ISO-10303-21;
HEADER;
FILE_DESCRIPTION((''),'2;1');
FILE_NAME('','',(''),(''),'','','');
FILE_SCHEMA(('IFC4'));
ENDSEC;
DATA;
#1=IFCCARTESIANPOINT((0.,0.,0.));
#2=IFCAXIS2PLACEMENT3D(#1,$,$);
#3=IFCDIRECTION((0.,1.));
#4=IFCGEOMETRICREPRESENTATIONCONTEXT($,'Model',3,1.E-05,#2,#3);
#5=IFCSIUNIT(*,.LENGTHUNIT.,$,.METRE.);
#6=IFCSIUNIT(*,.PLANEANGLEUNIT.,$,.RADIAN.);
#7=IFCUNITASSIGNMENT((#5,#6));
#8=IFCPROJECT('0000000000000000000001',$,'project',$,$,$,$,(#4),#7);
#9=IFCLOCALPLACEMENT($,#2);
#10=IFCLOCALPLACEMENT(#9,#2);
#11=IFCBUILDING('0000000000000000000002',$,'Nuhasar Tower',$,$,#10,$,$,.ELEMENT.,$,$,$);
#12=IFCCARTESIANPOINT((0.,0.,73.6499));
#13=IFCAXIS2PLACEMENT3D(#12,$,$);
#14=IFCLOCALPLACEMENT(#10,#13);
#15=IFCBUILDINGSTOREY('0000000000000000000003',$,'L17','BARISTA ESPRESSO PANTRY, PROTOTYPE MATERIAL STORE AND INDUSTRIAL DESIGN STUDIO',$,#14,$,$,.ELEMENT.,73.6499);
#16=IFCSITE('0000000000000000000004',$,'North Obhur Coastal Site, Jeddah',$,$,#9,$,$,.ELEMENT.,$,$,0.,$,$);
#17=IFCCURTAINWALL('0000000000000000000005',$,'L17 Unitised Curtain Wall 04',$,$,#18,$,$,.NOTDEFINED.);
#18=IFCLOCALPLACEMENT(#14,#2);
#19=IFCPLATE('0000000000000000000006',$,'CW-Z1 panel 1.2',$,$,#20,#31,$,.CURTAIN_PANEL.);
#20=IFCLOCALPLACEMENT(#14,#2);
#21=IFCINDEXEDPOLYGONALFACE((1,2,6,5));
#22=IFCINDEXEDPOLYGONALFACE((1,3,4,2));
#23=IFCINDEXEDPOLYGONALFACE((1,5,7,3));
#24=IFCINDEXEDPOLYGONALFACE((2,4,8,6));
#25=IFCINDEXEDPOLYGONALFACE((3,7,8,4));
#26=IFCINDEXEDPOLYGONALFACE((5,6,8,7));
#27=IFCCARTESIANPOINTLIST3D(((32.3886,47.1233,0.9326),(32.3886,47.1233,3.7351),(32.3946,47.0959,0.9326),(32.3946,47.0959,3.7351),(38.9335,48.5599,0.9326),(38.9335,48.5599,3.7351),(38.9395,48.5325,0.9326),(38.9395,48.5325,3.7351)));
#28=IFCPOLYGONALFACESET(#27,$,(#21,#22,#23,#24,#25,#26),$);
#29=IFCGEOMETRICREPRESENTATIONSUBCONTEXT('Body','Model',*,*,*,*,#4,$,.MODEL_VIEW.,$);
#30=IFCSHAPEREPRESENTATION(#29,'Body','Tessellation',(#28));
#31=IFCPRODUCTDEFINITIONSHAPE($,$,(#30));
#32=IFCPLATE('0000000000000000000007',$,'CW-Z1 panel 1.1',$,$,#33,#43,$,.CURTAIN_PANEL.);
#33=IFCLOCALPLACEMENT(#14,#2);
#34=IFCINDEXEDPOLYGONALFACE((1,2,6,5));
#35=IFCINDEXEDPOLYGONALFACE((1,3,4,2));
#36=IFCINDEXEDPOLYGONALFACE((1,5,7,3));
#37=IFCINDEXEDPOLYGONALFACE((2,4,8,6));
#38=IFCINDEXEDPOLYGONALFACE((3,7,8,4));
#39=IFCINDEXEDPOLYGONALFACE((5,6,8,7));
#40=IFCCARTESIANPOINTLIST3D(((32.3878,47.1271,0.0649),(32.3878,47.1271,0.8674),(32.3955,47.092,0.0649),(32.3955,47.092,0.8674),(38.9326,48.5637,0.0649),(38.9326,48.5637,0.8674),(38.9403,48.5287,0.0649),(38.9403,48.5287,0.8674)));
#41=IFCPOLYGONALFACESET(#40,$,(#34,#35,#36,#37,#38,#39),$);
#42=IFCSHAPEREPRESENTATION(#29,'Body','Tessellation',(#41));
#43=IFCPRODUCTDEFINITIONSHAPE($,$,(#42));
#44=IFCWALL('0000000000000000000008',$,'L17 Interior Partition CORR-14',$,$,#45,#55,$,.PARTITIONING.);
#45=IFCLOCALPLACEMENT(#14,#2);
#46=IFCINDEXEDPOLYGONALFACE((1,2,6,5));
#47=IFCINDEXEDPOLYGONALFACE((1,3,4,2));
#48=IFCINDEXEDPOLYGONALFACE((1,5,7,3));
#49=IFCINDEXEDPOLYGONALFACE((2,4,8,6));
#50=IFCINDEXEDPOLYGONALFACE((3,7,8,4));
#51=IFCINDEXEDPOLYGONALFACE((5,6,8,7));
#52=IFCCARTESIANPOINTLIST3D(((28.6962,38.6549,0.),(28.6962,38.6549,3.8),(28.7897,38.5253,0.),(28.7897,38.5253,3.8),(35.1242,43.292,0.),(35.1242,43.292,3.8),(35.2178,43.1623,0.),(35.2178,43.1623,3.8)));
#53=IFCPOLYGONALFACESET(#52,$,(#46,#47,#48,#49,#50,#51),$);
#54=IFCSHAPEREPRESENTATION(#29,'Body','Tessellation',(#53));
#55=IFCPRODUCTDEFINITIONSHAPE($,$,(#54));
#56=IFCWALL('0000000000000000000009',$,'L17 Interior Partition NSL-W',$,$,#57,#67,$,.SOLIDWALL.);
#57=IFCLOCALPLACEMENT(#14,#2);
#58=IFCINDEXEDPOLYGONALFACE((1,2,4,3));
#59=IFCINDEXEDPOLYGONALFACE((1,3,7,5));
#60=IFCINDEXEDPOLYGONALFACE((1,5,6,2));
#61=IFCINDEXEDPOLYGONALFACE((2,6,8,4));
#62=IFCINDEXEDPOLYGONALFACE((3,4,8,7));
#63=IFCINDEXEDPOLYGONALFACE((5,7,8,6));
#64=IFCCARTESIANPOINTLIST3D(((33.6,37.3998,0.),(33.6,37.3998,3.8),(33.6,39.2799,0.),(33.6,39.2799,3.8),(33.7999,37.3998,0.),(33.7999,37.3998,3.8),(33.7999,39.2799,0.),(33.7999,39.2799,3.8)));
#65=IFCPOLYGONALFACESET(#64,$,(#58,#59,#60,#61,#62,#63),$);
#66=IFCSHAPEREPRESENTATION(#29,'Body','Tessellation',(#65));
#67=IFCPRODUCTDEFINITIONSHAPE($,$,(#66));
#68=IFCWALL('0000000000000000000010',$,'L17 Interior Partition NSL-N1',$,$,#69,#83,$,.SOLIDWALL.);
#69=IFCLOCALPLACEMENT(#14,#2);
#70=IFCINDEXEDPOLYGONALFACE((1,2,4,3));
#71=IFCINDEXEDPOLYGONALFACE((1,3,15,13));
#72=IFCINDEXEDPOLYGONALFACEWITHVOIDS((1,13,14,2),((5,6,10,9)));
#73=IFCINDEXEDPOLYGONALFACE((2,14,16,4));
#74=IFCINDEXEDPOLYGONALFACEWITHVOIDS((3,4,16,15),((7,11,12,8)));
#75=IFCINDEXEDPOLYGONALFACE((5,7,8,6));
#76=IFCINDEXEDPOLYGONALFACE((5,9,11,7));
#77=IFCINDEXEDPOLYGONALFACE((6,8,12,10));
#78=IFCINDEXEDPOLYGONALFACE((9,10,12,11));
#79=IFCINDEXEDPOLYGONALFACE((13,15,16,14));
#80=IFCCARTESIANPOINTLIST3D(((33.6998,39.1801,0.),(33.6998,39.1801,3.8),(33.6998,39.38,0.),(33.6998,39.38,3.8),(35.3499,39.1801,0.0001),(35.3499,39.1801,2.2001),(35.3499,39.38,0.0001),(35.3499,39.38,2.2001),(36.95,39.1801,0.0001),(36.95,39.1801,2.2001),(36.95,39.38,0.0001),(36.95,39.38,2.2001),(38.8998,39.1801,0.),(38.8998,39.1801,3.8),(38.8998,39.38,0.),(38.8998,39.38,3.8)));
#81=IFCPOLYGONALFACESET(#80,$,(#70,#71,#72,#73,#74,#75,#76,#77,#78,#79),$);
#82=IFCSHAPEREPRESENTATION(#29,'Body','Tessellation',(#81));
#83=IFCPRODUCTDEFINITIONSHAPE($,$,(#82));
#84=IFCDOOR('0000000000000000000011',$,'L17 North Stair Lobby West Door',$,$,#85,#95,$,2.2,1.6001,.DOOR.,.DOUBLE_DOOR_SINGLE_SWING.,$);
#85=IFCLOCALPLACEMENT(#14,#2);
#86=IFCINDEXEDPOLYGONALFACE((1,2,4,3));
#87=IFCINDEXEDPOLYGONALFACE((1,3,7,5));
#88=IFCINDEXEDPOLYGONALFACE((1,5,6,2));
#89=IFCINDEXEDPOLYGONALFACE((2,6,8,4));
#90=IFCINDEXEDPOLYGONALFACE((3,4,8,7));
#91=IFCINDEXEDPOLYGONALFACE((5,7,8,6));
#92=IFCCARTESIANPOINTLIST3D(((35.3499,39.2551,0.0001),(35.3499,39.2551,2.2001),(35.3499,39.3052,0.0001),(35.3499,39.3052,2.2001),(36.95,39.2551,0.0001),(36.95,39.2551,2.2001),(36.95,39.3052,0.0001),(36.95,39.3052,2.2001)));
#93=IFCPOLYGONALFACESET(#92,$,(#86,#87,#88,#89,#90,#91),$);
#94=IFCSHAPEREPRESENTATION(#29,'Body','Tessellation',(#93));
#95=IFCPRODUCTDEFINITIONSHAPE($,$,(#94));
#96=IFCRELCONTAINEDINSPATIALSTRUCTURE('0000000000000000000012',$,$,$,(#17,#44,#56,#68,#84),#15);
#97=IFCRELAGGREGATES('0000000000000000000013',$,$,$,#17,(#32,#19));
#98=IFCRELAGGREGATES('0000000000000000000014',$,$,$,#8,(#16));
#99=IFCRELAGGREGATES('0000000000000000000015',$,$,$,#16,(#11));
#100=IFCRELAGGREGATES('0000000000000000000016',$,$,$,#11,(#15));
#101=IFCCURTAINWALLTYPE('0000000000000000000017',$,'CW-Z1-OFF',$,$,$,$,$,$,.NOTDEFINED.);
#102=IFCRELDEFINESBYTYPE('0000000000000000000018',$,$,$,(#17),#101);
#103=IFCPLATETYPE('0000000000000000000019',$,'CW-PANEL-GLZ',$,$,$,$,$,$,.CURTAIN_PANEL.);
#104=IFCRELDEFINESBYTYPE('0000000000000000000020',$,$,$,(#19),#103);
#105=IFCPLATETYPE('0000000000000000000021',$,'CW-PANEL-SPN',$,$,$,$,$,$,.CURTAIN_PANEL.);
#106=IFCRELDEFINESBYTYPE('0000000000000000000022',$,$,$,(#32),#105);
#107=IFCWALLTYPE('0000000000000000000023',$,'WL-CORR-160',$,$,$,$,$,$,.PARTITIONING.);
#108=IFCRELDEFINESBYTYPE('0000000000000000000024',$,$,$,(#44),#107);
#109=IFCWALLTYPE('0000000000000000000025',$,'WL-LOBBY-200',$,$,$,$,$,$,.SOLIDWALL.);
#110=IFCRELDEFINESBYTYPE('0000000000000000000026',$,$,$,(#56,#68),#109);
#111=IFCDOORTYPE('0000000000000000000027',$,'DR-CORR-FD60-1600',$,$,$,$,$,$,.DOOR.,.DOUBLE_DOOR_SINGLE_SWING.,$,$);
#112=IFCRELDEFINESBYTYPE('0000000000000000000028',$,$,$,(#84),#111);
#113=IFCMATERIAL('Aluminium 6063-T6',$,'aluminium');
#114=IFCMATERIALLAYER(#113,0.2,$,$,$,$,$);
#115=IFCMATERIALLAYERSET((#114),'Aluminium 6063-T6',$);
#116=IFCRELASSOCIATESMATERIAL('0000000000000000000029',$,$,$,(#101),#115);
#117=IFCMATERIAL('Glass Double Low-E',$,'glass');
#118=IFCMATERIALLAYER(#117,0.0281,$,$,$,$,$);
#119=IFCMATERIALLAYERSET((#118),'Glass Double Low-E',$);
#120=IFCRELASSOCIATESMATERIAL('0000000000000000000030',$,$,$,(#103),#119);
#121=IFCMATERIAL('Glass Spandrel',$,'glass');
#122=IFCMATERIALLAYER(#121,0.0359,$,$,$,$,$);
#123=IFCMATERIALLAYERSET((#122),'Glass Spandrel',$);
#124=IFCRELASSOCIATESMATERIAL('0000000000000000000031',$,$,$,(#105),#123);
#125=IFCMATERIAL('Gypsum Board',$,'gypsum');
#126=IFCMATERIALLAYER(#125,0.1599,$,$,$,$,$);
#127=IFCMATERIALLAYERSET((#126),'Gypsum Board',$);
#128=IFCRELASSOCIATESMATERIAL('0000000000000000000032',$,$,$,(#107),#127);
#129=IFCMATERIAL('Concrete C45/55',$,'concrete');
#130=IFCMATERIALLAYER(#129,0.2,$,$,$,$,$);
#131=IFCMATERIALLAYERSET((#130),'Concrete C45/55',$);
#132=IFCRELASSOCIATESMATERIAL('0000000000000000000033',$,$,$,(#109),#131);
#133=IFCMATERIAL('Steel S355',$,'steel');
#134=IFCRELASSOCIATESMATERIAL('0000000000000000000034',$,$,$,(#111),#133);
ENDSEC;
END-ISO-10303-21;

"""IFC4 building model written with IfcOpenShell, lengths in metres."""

from ifc_helpers import new_model, si_unit, direction, frame, frame_2d, origin, origin_2d, place, context, subcontext, project, spatial, rectangle, extrude, material, layer, layer_set, type_object, element, fill, aggregate, save


model = new_model("IFC4")

# Units and contexts
model_context = context("Model", 3, precision=1e-05, world=origin(), true_north=direction((0.0, 1.0)))
body_context = subcontext(model_context, "Body", "Model", "MODEL_VIEW")
ifc_project = project(units=[si_unit("LENGTHUNIT", "METRE"), si_unit("PLANEANGLEUNIT", "RADIAN")], contexts=[model_context])

# Site, building, storey
site_placement = place(None, origin())
site = spatial("IfcSite", under=ifc_project, at=site_placement, Name="North Obhur Coastal Site, Jeddah", CompositionType="ELEMENT", RefElevation=0.0)
building_placement = place(site_placement, origin())
building = spatial("IfcBuilding", under=site, at=building_placement, Name="Nuhasar Tower", CompositionType="ELEMENT")
storey_placement = place(building_placement, frame((0.0, 0.0, 73.6499)))
storey = spatial("IfcBuildingStorey", under=building, at=storey_placement, Name="L17", Description="BARISTA ESPRESSO PANTRY, PROTOTYPE MATERIAL STORE AND INDUSTRIAL DESIGN STUDIO", CompositionType="ELEMENT", Elevation=73.6499)

# Shared definitions
ifc_material_1 = material(Name="Steel S355", Category="steel")

# Curtain wall
ifc_material_2 = material(Name="Aluminium 6063-T6", Category="aluminium")
ifc_layer_1 = layer(ifc_material_2, 0.2)
ifc_layer_set_1 = layer_set([ifc_layer_1], Name="Aluminium 6063-T6")
curtain_wall_type = type_object("IfcCurtainWallType", Name="CW-Z1-OFF", PredefinedType="NOTDEFINED", material=ifc_layer_set_1)
curtain_wall_placement = place(storey_placement, origin())
curtain_wall = element("IfcCurtainWall", 1, at=curtain_wall_placement, inside=storey, type_object=curtain_wall_type, Name="L17 Unitised Curtain Wall 04", PredefinedType="NOTDEFINED")

# Plates
ifc_material_3 = material(Name="Glass Double Low-E", Category="glass")
ifc_layer_2 = layer(ifc_material_3, 0.0281)
ifc_layer_set_2 = layer_set([ifc_layer_2], Name="Glass Double Low-E")
plate_type_1 = type_object("IfcPlateType", Name="CW-PANEL-GLZ", PredefinedType="CURTAIN_PANEL", material=ifc_layer_set_2)
plate_1_placement = place(storey_placement, frame((35.6641, 47.8279, 0.9326), z_axis=(0.0, 0.0, 1.0), x_axis=(-0.976746, -0.214399, 0.0)))
plate_1 = element("IfcPlate", 2, at=plate_1_placement, type_object=plate_type_1, Name="CW-Z1 panel 1.2", PredefinedType="CURTAIN_PANEL", context=body_context, shape_type="SweptSolid", body=[
    extrude(rectangle(XDim=6.7007, YDim=0.0281, at=origin_2d()), origin(), (0.0, 0.0, 1.0), 2.8025),
])
ifc_material_4 = material(Name="Glass Spandrel", Category="glass")
ifc_layer_3 = layer(ifc_material_4, 0.0359)
ifc_layer_set_3 = layer_set([ifc_layer_3], Name="Glass Spandrel")
plate_type_2 = type_object("IfcPlateType", Name="CW-PANEL-SPN", PredefinedType="CURTAIN_PANEL", material=ifc_layer_set_3)
plate_2_placement = place(storey_placement, frame((35.6641, 47.8279, 0.0649), z_axis=(0.0, 0.0, 1.0), x_axis=(-0.976746, -0.214399, 0.0)))
plate_2 = element("IfcPlate", 3, at=plate_2_placement, type_object=plate_type_2, Name="CW-Z1 panel 1.1", PredefinedType="CURTAIN_PANEL", context=body_context, shape_type="SweptSolid", body=[
    extrude(rectangle(XDim=6.7007, YDim=0.0359, at=origin_2d()), origin(), (0.0, 0.0, 1.0), 0.8025),
])
aggregate(curtain_wall, [plate_2, plate_1])

# Shared definitions
ifc_material_5 = material(Name="Gypsum Board", Category="gypsum")
ifc_layer_4 = layer(ifc_material_5, 0.1599)
ifc_layer_set_4 = layer_set([ifc_layer_4], Name="Gypsum Board")
wall_type_1 = type_object("IfcWallType", Name="WL-CORR-160", PredefinedType="PARTITIONING", material=ifc_layer_set_4)

# Walls
wall_1_placement = place(storey_placement, frame((35.1709, 43.2271, 0.0), z_axis=(0.0, 0.0, 1.0), x_axis=(-0.811006, -0.585037, 0.0)))
element("IfcWall", 4, at=wall_1_placement, inside=storey, type_object=wall_type_1, Name="L17 Interior Partition CORR-14", PredefinedType="PARTITIONING", context=body_context, shape_type="SweptSolid", body=[
    extrude(rectangle(XDim=7.926, YDim=0.1599, at=frame_2d((3.9629, 0.0))), origin(), (0.0, 0.0, 1.0), 3.8),
])
ifc_material_6 = material(Name="Concrete C45/55", Category="concrete")
ifc_layer_5 = layer(ifc_material_6, 0.2)
ifc_layer_set_5 = layer_set([ifc_layer_5], Name="Concrete C45/55")
wall_type_2 = type_object("IfcWallType", Name="WL-LOBBY-200", PredefinedType="SOLIDWALL", material=ifc_layer_set_5)
wall_2_placement = place(storey_placement, frame((33.7, 37.3999, 0.0), z_axis=(0.0, 0.0, 1.0), x_axis=(0.0, 1.0, 0.0)))
element("IfcWall", 5, at=wall_2_placement, inside=storey, type_object=wall_type_2, Name="L17 Interior Partition NSL-W", PredefinedType="SOLIDWALL", context=body_context, shape_type="SweptSolid", body=[
    extrude(rectangle(XDim=1.8801, YDim=0.2, at=frame_2d((0.9399, 0.0))), origin(), (0.0, 0.0, 1.0), 3.8),
])

# Wall, opening, door
wall_3_placement = place(storey_placement, frame((38.8999, 39.28, 0.0), z_axis=(0.0, 0.0, 1.0), x_axis=(-1.0, 0.0, 0.0)))
wall_3 = element("IfcWall", 6, at=wall_3_placement, inside=storey, type_object=wall_type_2, Name="L17 Interior Partition NSL-N1", PredefinedType="SOLIDWALL", context=body_context, shape_type="SweptSolid", body=[
    extrude(rectangle(XDim=5.2, YDim=0.2, at=frame_2d((2.6001, 0.0))), origin(), (0.0, 0.0, 1.0), 3.8),
])
opening_1_placement = place(wall_3_placement, frame((1.95, 0.0, 0.0)))
opening_1 = element("IfcOpeningElement", 7, at=opening_1_placement, cuts=wall_3, PredefinedType="OPENING", context=body_context, shape_type="SweptSolid", body=[
    extrude(rectangle(XDim=1.6001, YDim=2.2, at=frame_2d((0.8, 1.1001))), frame((0.0, 0.1099, 0.0), z_axis=(0.0, -1.0, 0.0), x_axis=(1.0, 0.0, 0.0)), (0.0, 0.0, 1.0), 0.22),
])
door_type_1 = type_object("IfcDoorType", Name="DR-CORR-FD60-1600", OperationType="DOUBLE_DOOR_SINGLE_SWING", PredefinedType="DOOR", material=ifc_material_1)
door_1_placement = place(opening_1_placement, origin())
door_1 = element("IfcDoor", 8, at=door_1_placement, inside=storey, type_object=door_type_1, Name="L17 North Stair Lobby West Door", OperationType="DOUBLE_DOOR_SINGLE_SWING", OverallHeight=2.2, OverallWidth=1.6001, PredefinedType="DOOR", context=body_context, shape_type="SweptSolid", body=[
    extrude(rectangle(XDim=1.6001, YDim=2.2, at=frame_2d((0.8, 1.1001))), frame((0.0, 0.0249, 0.0), z_axis=(0.0, -1.0, 0.0), x_axis=(1.0, 0.0, 0.0)), (0.0, 0.0, 1.0), 0.05),
])
fill(opening_1, door_1)

save(model, "model.ifc")
